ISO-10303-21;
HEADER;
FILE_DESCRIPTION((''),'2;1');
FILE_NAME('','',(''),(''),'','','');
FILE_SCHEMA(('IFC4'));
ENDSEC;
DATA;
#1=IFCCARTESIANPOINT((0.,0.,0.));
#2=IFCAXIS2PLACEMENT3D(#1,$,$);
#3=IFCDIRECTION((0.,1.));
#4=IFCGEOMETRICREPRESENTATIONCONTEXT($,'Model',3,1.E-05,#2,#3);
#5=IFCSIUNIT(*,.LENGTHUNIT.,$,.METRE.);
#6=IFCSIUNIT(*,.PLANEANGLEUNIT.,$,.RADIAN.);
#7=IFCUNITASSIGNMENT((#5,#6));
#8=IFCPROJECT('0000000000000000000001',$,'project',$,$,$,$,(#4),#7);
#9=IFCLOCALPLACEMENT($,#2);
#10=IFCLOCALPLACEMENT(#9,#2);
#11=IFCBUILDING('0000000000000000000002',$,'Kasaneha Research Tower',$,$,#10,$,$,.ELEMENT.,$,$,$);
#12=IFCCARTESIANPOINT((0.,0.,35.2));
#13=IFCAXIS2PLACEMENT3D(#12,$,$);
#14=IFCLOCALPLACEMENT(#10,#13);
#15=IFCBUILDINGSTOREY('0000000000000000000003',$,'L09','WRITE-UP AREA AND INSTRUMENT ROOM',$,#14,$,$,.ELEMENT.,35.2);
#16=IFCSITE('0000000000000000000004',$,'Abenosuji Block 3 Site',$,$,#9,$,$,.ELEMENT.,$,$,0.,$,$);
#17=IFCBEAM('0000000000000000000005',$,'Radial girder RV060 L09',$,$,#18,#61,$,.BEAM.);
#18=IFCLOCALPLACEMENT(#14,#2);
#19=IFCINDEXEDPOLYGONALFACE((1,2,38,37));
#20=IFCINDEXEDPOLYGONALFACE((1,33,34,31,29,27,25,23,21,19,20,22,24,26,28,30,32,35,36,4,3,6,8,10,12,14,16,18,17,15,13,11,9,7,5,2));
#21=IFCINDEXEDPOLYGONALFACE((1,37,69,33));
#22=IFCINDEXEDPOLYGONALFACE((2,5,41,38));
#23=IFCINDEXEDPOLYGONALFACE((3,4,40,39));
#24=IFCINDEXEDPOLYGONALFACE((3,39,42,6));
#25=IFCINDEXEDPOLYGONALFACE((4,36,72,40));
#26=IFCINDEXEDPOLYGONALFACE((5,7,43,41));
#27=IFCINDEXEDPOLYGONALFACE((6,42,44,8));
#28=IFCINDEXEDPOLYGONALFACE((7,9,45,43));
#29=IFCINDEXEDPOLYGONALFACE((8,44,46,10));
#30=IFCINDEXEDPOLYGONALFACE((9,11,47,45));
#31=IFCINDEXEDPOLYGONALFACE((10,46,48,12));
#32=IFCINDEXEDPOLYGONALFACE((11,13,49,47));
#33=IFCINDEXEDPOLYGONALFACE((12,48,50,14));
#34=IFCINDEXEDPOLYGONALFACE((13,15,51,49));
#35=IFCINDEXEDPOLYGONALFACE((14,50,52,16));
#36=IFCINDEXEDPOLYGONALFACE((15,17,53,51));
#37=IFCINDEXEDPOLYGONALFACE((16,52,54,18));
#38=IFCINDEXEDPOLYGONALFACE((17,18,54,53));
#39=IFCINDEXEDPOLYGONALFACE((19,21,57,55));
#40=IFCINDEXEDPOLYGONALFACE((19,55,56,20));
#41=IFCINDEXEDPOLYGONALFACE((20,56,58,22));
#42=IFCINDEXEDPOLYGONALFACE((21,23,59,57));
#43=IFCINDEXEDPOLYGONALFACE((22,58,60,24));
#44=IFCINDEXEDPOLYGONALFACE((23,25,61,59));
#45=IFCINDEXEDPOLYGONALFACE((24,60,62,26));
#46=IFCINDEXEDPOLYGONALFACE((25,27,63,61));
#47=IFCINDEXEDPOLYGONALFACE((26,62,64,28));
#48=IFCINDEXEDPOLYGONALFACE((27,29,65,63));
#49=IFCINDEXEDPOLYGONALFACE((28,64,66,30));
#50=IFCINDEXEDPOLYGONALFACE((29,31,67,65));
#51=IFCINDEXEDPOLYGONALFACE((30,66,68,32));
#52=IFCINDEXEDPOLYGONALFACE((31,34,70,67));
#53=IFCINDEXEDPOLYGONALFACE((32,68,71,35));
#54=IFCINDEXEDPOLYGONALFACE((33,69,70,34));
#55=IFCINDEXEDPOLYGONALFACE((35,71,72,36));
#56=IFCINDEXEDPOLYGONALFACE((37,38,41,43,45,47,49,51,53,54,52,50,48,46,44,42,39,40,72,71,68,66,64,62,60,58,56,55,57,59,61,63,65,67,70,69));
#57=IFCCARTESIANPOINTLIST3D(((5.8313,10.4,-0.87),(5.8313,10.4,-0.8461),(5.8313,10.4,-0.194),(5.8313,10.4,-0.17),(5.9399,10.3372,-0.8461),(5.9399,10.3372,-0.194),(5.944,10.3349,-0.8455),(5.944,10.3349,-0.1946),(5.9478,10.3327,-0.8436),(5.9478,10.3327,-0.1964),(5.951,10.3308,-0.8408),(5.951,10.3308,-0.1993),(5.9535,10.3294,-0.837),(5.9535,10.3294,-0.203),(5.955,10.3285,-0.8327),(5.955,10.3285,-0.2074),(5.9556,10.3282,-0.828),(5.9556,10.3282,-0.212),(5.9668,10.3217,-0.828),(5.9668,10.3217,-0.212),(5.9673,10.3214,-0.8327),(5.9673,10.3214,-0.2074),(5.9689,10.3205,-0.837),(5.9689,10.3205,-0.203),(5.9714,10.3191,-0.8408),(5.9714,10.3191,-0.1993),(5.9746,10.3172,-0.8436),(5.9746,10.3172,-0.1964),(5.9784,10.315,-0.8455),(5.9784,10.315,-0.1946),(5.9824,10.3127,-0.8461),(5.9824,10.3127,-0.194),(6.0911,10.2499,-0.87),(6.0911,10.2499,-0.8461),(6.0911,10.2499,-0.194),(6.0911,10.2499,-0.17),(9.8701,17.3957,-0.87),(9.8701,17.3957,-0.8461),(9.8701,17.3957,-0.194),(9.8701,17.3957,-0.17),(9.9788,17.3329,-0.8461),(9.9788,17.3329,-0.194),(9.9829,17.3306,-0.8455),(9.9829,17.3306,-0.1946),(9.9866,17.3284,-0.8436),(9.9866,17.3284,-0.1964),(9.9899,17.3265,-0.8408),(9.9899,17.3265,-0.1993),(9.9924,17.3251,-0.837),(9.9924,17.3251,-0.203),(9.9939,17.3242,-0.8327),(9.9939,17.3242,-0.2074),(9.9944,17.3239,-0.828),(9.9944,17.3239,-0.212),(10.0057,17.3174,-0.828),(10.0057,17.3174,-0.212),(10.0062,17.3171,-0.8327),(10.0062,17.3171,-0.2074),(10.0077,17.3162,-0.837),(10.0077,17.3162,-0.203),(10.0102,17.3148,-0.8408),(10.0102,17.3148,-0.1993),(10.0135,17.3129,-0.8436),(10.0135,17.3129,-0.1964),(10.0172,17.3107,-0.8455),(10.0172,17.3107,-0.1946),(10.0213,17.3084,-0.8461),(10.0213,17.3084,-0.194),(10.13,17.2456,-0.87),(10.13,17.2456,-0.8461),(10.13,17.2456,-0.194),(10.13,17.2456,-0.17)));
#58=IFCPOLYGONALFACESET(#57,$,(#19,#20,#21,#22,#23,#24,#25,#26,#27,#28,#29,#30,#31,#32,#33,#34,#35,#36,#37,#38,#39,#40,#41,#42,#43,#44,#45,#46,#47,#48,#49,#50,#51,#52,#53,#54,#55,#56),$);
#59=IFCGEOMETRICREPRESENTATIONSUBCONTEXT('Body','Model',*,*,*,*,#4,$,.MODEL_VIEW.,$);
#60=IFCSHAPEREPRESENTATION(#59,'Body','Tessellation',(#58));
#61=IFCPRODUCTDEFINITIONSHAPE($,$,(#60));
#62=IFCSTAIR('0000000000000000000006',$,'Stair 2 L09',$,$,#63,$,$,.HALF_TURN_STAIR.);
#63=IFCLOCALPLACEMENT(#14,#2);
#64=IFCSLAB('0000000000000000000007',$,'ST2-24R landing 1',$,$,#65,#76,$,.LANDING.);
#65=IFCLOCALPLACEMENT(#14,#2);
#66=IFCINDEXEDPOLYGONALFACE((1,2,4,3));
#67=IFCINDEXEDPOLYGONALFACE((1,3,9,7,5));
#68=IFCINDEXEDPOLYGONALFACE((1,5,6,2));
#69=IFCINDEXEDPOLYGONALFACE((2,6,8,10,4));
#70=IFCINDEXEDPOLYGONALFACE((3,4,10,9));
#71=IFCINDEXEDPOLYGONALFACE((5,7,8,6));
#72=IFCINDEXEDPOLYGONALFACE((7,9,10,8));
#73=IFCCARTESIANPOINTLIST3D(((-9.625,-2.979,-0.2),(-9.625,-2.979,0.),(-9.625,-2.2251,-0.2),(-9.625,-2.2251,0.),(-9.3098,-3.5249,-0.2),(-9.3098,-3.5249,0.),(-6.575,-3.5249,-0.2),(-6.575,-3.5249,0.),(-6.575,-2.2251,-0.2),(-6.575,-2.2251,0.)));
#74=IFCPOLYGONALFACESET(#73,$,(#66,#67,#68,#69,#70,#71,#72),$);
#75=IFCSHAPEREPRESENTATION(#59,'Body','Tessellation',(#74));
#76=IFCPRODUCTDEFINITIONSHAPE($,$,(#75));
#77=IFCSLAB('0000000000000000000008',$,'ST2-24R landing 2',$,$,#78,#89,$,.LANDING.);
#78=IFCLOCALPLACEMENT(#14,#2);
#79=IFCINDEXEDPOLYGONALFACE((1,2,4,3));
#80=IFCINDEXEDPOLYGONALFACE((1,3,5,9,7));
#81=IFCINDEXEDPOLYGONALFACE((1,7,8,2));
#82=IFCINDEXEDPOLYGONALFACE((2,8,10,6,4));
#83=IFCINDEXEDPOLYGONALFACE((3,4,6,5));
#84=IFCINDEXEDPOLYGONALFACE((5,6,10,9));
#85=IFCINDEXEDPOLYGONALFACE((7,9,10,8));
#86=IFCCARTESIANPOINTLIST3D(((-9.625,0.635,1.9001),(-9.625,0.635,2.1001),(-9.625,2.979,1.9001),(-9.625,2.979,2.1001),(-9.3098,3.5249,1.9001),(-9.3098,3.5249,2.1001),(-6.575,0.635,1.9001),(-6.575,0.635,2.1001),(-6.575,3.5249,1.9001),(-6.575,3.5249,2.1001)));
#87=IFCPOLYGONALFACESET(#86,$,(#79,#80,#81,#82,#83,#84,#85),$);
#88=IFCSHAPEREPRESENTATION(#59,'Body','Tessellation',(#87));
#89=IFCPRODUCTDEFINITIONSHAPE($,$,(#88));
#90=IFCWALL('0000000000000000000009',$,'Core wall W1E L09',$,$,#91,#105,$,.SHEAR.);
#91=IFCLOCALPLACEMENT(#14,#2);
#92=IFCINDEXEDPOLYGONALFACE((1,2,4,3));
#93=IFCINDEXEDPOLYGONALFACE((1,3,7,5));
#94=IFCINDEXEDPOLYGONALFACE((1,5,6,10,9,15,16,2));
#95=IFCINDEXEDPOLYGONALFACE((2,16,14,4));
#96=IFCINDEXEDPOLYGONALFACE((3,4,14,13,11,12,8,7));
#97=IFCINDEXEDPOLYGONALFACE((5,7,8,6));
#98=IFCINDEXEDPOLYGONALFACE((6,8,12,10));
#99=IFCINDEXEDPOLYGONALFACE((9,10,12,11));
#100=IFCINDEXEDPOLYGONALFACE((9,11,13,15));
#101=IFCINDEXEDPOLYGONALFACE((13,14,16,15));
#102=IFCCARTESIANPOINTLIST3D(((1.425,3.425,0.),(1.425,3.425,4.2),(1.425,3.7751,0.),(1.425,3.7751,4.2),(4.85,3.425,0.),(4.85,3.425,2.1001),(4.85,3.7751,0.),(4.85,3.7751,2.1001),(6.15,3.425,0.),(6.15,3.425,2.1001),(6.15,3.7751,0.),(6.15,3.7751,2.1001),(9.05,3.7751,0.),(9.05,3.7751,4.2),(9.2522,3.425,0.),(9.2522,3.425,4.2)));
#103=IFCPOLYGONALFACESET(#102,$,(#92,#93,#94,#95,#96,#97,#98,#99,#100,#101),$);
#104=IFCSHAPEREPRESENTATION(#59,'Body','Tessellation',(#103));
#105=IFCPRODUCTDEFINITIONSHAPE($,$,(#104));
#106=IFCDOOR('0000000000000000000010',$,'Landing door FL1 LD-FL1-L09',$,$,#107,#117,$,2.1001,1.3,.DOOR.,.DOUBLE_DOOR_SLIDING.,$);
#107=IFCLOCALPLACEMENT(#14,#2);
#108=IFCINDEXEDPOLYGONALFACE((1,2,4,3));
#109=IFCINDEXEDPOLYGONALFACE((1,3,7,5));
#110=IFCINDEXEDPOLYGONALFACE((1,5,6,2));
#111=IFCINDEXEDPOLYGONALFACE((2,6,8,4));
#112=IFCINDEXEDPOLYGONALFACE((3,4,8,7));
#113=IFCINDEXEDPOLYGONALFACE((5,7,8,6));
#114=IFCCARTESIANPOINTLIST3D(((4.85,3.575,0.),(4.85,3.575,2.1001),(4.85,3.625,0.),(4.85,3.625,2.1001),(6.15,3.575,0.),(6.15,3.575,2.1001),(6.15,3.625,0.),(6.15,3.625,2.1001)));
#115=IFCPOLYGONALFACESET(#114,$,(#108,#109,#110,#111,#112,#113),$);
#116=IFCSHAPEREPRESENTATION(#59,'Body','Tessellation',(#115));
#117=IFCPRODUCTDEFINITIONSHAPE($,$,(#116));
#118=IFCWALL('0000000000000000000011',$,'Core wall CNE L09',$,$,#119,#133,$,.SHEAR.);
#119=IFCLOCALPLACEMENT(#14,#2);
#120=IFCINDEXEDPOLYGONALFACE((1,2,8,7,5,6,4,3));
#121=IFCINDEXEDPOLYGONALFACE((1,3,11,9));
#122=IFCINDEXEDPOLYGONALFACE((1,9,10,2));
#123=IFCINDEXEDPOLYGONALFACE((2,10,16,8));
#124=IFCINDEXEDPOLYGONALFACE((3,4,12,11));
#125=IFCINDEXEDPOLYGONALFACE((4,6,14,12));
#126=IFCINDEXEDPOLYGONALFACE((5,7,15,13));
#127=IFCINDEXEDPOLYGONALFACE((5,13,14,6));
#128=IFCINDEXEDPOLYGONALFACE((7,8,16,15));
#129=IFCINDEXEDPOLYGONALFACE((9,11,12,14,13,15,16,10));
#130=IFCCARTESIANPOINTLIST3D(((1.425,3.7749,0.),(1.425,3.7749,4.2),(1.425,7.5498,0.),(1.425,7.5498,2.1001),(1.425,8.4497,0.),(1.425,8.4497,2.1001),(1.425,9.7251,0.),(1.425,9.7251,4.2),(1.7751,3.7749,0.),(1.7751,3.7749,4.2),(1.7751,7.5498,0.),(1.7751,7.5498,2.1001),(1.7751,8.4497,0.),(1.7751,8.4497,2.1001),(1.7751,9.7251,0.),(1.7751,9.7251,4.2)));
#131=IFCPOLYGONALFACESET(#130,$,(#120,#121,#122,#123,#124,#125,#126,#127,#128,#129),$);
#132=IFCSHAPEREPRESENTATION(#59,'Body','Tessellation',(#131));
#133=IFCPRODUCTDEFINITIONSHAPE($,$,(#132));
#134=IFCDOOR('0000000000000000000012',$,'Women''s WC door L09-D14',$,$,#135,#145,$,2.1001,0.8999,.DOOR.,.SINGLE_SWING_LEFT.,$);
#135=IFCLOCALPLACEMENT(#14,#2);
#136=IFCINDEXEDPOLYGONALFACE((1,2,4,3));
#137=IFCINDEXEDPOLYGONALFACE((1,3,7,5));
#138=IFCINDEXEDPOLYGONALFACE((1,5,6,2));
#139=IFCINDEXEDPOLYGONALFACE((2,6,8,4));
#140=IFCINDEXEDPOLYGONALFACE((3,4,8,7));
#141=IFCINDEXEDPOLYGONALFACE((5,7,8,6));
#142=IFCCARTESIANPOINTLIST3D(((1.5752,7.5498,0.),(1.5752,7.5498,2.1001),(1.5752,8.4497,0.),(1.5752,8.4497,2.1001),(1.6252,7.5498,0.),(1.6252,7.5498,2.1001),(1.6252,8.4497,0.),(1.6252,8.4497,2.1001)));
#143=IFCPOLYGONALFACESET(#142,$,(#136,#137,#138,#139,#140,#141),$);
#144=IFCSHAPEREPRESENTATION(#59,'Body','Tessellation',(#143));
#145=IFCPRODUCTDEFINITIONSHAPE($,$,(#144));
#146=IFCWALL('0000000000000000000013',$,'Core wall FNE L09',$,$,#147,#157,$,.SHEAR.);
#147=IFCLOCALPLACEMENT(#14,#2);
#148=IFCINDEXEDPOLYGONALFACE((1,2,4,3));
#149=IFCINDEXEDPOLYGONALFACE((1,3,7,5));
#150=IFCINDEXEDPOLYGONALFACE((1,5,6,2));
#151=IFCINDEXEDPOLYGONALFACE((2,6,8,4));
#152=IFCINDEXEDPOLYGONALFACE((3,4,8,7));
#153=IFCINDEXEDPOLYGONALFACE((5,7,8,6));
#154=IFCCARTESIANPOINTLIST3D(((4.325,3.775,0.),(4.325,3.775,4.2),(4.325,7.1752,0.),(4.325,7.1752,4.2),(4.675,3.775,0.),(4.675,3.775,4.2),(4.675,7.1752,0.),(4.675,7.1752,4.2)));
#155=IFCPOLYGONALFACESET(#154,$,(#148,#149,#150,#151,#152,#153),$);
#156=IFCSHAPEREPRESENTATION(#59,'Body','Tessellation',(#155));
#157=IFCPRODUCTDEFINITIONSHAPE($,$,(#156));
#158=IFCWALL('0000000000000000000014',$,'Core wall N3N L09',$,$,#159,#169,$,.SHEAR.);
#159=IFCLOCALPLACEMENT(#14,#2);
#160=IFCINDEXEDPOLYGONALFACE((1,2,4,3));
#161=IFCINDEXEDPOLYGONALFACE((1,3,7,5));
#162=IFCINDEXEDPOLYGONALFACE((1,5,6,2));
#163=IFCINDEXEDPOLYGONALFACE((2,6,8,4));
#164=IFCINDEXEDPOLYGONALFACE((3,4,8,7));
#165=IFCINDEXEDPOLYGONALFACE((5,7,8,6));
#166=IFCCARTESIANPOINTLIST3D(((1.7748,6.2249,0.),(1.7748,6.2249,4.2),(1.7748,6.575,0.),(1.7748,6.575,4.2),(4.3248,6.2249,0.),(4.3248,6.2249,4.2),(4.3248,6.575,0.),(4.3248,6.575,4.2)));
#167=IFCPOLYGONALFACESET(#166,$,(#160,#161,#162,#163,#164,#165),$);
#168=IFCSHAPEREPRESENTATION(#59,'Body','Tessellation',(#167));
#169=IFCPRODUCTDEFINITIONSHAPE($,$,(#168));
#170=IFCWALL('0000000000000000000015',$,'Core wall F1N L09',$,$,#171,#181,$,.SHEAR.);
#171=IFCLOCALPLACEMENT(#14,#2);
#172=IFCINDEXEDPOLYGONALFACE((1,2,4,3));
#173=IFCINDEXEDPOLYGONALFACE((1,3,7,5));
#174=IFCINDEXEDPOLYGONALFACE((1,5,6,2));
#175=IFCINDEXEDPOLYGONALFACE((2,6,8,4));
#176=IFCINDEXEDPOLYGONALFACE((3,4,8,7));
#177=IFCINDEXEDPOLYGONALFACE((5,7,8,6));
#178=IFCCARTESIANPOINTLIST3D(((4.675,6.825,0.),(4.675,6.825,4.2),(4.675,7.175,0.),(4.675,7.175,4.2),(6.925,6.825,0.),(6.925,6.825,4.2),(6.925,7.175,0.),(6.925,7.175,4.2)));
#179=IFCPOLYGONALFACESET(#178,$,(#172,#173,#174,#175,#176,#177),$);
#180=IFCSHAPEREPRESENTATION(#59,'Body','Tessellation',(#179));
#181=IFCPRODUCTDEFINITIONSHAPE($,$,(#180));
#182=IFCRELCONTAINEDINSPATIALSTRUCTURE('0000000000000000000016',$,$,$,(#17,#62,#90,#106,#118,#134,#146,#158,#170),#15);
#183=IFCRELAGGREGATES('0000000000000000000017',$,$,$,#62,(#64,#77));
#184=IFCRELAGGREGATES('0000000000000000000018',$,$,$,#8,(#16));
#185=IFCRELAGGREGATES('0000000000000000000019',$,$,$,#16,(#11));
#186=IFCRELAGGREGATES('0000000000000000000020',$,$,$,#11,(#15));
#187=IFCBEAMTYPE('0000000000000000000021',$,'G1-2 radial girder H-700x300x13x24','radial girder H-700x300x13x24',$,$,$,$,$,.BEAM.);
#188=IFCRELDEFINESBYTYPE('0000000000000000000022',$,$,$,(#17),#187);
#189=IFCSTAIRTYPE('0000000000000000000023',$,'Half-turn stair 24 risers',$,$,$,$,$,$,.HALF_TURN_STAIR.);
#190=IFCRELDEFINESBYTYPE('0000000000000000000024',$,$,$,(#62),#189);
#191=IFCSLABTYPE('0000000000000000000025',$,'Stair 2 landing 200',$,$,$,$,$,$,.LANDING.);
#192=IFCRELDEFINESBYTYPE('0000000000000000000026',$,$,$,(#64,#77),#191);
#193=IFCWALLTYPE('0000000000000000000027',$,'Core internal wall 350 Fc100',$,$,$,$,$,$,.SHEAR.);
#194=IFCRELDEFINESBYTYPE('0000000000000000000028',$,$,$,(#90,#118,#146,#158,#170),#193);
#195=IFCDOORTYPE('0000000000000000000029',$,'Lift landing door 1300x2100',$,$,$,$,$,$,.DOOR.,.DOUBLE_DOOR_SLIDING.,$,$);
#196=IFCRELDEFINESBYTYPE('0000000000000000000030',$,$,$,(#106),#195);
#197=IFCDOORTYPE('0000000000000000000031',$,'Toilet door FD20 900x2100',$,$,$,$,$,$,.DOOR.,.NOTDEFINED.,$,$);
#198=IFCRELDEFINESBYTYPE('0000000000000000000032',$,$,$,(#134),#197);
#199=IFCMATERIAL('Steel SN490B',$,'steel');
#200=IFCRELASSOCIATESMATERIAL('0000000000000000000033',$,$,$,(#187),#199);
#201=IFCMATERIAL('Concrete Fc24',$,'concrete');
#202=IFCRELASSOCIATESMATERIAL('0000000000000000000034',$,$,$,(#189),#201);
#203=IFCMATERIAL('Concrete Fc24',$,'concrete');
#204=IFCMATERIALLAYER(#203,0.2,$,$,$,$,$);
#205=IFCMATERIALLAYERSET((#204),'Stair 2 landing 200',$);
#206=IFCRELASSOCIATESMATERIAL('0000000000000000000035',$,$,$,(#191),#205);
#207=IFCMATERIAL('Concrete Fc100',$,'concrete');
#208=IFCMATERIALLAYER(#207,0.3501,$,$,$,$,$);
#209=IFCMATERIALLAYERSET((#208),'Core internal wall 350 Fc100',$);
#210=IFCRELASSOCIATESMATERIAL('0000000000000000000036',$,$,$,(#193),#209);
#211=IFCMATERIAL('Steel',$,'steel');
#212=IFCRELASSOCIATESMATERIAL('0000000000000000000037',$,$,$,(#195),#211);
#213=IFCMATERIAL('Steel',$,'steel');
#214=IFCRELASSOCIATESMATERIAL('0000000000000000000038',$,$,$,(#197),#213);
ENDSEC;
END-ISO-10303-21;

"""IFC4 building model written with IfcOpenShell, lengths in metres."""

from ifc_helpers import new_model, si_unit, direction, frame, frame_2d, origin, origin_2d, place, context, subcontext, project, spatial, polyline, rectangle, i_section, outline, extrude, material, layer, layer_set, material_profile, profile_set, type_object, element, fill, aggregate, save


model = new_model("IFC4")

# Units and contexts
model_context = context("Model", 3, precision=1e-05, world=origin(), true_north=direction((0.0, 1.0)))
body_context = subcontext(model_context, "Body", "Model", "MODEL_VIEW")
ifc_project = project(units=[si_unit("LENGTHUNIT", "METRE"), si_unit("PLANEANGLEUNIT", "RADIAN")], contexts=[model_context])

# Site, building, storey
site_placement = place(None, origin())
site = spatial("IfcSite", under=ifc_project, at=site_placement, Name="Abenosuji Block 3 Site", CompositionType="ELEMENT", RefElevation=0.0)
building_placement = place(site_placement, origin())
building = spatial("IfcBuilding", under=site, at=building_placement, Name="Kasaneha Research Tower", CompositionType="ELEMENT")
storey_placement = place(building_placement, frame((0.0, 0.0, 35.2)))
storey = spatial("IfcBuildingStorey", under=building, at=storey_placement, Name="L09", Description="WRITE-UP AREA AND INSTRUMENT ROOM", CompositionType="ELEMENT", Elevation=35.2)

# Beam
ifc_material_1 = material(Name="Steel SN490B", Category="steel")
ifc_material_profile = material_profile(ifc_material_1, i_section(OverallWidth=0.3, OverallDepth=0.7, WebThickness=0.0129, FlangeThickness=0.0239, FilletRadius=0.0181, at=origin_2d()), Name="H-700x300x13x24")
ifc_profile_set = profile_set([ifc_material_profile], Name="Steel SN490B")
beam_type = type_object("IfcBeamType", Name="G1-2 radial girder H-700x300x13x24", Description="radial girder H-700x300x13x24", PredefinedType="BEAM", material=ifc_profile_set)
beam_placement = place(storey_placement, frame((5.9612, 10.325, -0.52), z_axis=(0.499991, 0.866031, 0.0), x_axis=(-0.866031, 0.499991, 0.0)))
element("IfcBeam", 1, at=beam_placement, inside=storey, type_object=beam_type, Name="Radial girder RV060 L09", PredefinedType="BEAM", context=body_context, shape_type="SweptSolid", body=[
    extrude(i_section(OverallWidth=0.3, OverallDepth=0.7, WebThickness=0.0129, FlangeThickness=0.0239, FilletRadius=0.0181, at=origin_2d()), origin(), (0.0, 0.0, 1.0), 8.0779),
])

# Stair, slabs
ifc_material_2 = material(Name="Concrete Fc24", Category="concrete")
stair_type = type_object("IfcStairType", Name="Half-turn stair 24 risers", PredefinedType="HALF_TURN_STAIR", material=ifc_material_2)
stair_1_placement = place(storey_placement, origin())
stair_1 = element("IfcStair", 2, at=stair_1_placement, inside=storey, type_object=stair_type, Name="Stair 2 L09", PredefinedType="HALF_TURN_STAIR")
ifc_material_3 = material(Name="Concrete Fc24", Category="concrete")
ifc_layer_1 = layer(ifc_material_3, 0.2)
ifc_layer_set_1 = layer_set([ifc_layer_1], Name="Stair 2 landing 200")
slab_type = type_object("IfcSlabType", Name="Stair 2 landing 200", PredefinedType="LANDING", material=ifc_layer_set_1)
slab_1_placement = place(storey_placement, frame((0.0, 0.0, -0.2)))
slab_1 = element("IfcSlab", 3, at=slab_1_placement, type_object=slab_type, Name="ST2-24R landing 1", PredefinedType="LANDING", context=body_context, shape_type="SweptSolid", body=[
    extrude(outline(polyline([(-6.575, -3.5249), (-9.3098, -3.5249), (-9.625, -2.979), (-9.625, -2.2251), (-6.575, -2.2251), (-6.575, -3.5249)])), origin(), (0.0, 0.0, 1.0), 0.2),
])
slab_2_placement = place(storey_placement, frame((0.0, 0.0, 1.9001)))
slab_2 = element("IfcSlab", 4, at=slab_2_placement, type_object=slab_type, Name="ST2-24R landing 2", PredefinedType="LANDING", context=body_context, shape_type="SweptSolid", body=[
    extrude(outline(polyline([(-6.575, 0.635), (-9.625, 0.635), (-9.625, 2.979), (-9.3098, 3.5249), (-6.575, 3.5249), (-6.575, 0.635)])), origin(), (0.0, 0.0, 1.0), 0.2),
])
aggregate(stair_1, [slab_1, slab_2])

# Walls, openings, doors
ifc_material_4 = material(Name="Concrete Fc100", Category="concrete")
ifc_layer_2 = layer(ifc_material_4, 0.3501)
ifc_layer_set_2 = layer_set([ifc_layer_2], Name="Core internal wall 350 Fc100")
wall_type_1 = type_object("IfcWallType", Name="Core internal wall 350 Fc100", PredefinedType="SHEAR", material=ifc_layer_set_2)
wall_1_placement = place(storey_placement, frame((1.425, 3.6001, 0.0), z_axis=(0.0, 0.0, 1.0), x_axis=(1.0, 0.0, 0.0)))
wall_1 = element("IfcWall", 5, at=wall_1_placement, inside=storey, type_object=wall_type_1, Name="Core wall W1E L09", PredefinedType="SHEAR", context=body_context, shape_type="SweptSolid", body=[
    extrude(outline(polyline([(0.0, -0.175), (3.425, -0.175), (4.7251, -0.175), (7.8271, -0.175), (7.625, 0.175), (4.7251, 0.175), (3.425, 0.175), (0.0, 0.175), (0.0, -0.175)])), origin(), (0.0, 0.0, 1.0), 4.2),
])
opening_1_placement = place(wall_1_placement, frame((3.425, 0.0, 0.0)))
opening_1 = element("IfcOpeningElement", 6, at=opening_1_placement, cuts=wall_1, PredefinedType="OPENING", context=body_context, shape_type="SweptSolid", body=[
    extrude(rectangle(XDim=1.3, YDim=2.1001, at=frame_2d((0.6499, 1.05))), frame((0.0, 0.1851, 0.0), z_axis=(0.0, -1.0, 0.0), x_axis=(1.0, 0.0, 0.0)), (0.0, 0.0, 1.0), 0.3701),
])
ifc_material_5 = material(Name="Steel", Category="steel")
door_type_1 = type_object("IfcDoorType", Name="Lift landing door 1300x2100", OperationType="DOUBLE_DOOR_SLIDING", PredefinedType="DOOR", material=ifc_material_5)
door_1_placement = place(opening_1_placement, origin())
door_1 = element("IfcDoor", 7, at=door_1_placement, inside=storey, type_object=door_type_1, Name="Landing door FL1 LD-FL1-L09", OperationType="DOUBLE_DOOR_SLIDING", OverallHeight=2.1001, OverallWidth=1.3, PredefinedType="DOOR", context=body_context, shape_type="SweptSolid", body=[
    extrude(rectangle(XDim=1.3, YDim=2.1001, at=frame_2d((0.6499, 1.05))), frame((0.0, 0.0249, 0.0), z_axis=(0.0, -1.0, 0.0), x_axis=(1.0, 0.0, 0.0)), (0.0, 0.0, 1.0), 0.05),
])
fill(opening_1, door_1)
wall_2_placement = place(storey_placement, frame((1.6001, 3.7749, 0.0), z_axis=(0.0, 0.0, 1.0), x_axis=(0.0, 1.0, 0.0)))
wall_2 = element("IfcWall", 8, at=wall_2_placement, inside=storey, type_object=wall_type_1, Name="Core wall CNE L09", PredefinedType="SHEAR", context=body_context, shape_type="SweptSolid", body=[
    extrude(rectangle(XDim=5.9502, YDim=0.3501, at=frame_2d((2.9751, 0.0))), origin(), (0.0, 0.0, 1.0), 4.2),
])
opening_2_placement = place(wall_2_placement, frame((3.7749, 0.0, 0.0)))
opening_2 = element("IfcOpeningElement", 9, at=opening_2_placement, cuts=wall_2, PredefinedType="OPENING", context=body_context, shape_type="SweptSolid", body=[
    extrude(rectangle(XDim=0.8999, YDim=2.1001, at=frame_2d((0.45, 1.05))), frame((0.0, 0.1851, 0.0), z_axis=(0.0, -1.0, 0.0), x_axis=(1.0, 0.0, 0.0)), (0.0, 0.0, 1.0), 0.3701),
])
ifc_material_6 = material(Name="Steel", Category="steel")
door_type_2 = type_object("IfcDoorType", Name="Toilet door FD20 900x2100", OperationType="NOTDEFINED", PredefinedType="DOOR", material=ifc_material_6)
door_2_placement = place(opening_2_placement, origin())
door_2 = element("IfcDoor", 10, at=door_2_placement, inside=storey, type_object=door_type_2, Name="Women's WC door L09-D14", OperationType="SINGLE_SWING_LEFT", OverallHeight=2.1001, OverallWidth=0.8999, PredefinedType="DOOR", context=body_context, shape_type="SweptSolid", body=[
    extrude(rectangle(XDim=0.8999, YDim=2.1001, at=frame_2d((0.45, 1.05))), frame((0.0, 0.0249, 0.0), z_axis=(0.0, -1.0, 0.0), x_axis=(1.0, 0.0, 0.0)), (0.0, 0.0, 1.0), 0.05),
])
fill(opening_2, door_2)

# Walls
wall_3_placement = place(storey_placement, frame((4.5, 3.7749, 0.0), z_axis=(0.0, 0.0, 1.0), x_axis=(0.0, 1.0, 0.0)))
element("IfcWall", 11, at=wall_3_placement, inside=storey, type_object=wall_type_1, Name="Core wall FNE L09", PredefinedType="SHEAR", context=body_context, shape_type="SweptSolid", body=[
    extrude(rectangle(XDim=3.4001, YDim=0.3501, at=frame_2d((1.7002, 0.0))), origin(), (0.0, 0.0, 1.0), 4.2),
])
wall_4_placement = place(storey_placement, frame((1.7749, 6.3999, 0.0), z_axis=(0.0, 0.0, 1.0), x_axis=(1.0, 0.0, 0.0)))
element("IfcWall", 12, at=wall_4_placement, inside=storey, type_object=wall_type_1, Name="Core wall N3N L09", PredefinedType="SHEAR", context=body_context, shape_type="SweptSolid", body=[
    extrude(rectangle(XDim=2.55, YDim=0.3501, at=frame_2d((1.2749, 0.0))), origin(), (0.0, 0.0, 1.0), 4.2),
])
wall_5_placement = place(storey_placement, frame((4.675, 7.0, 0.0), z_axis=(0.0, 0.0, 1.0), x_axis=(1.0, 0.0, 0.0)))
element("IfcWall", 13, at=wall_5_placement, inside=storey, type_object=wall_type_1, Name="Core wall F1N L09", PredefinedType="SHEAR", context=body_context, shape_type="SweptSolid", body=[
    extrude(rectangle(XDim=2.25, YDim=0.3501, at=frame_2d((1.125, 0.0))), origin(), (0.0, 0.0, 1.0), 4.2),
])

save(model, "model.ifc")
